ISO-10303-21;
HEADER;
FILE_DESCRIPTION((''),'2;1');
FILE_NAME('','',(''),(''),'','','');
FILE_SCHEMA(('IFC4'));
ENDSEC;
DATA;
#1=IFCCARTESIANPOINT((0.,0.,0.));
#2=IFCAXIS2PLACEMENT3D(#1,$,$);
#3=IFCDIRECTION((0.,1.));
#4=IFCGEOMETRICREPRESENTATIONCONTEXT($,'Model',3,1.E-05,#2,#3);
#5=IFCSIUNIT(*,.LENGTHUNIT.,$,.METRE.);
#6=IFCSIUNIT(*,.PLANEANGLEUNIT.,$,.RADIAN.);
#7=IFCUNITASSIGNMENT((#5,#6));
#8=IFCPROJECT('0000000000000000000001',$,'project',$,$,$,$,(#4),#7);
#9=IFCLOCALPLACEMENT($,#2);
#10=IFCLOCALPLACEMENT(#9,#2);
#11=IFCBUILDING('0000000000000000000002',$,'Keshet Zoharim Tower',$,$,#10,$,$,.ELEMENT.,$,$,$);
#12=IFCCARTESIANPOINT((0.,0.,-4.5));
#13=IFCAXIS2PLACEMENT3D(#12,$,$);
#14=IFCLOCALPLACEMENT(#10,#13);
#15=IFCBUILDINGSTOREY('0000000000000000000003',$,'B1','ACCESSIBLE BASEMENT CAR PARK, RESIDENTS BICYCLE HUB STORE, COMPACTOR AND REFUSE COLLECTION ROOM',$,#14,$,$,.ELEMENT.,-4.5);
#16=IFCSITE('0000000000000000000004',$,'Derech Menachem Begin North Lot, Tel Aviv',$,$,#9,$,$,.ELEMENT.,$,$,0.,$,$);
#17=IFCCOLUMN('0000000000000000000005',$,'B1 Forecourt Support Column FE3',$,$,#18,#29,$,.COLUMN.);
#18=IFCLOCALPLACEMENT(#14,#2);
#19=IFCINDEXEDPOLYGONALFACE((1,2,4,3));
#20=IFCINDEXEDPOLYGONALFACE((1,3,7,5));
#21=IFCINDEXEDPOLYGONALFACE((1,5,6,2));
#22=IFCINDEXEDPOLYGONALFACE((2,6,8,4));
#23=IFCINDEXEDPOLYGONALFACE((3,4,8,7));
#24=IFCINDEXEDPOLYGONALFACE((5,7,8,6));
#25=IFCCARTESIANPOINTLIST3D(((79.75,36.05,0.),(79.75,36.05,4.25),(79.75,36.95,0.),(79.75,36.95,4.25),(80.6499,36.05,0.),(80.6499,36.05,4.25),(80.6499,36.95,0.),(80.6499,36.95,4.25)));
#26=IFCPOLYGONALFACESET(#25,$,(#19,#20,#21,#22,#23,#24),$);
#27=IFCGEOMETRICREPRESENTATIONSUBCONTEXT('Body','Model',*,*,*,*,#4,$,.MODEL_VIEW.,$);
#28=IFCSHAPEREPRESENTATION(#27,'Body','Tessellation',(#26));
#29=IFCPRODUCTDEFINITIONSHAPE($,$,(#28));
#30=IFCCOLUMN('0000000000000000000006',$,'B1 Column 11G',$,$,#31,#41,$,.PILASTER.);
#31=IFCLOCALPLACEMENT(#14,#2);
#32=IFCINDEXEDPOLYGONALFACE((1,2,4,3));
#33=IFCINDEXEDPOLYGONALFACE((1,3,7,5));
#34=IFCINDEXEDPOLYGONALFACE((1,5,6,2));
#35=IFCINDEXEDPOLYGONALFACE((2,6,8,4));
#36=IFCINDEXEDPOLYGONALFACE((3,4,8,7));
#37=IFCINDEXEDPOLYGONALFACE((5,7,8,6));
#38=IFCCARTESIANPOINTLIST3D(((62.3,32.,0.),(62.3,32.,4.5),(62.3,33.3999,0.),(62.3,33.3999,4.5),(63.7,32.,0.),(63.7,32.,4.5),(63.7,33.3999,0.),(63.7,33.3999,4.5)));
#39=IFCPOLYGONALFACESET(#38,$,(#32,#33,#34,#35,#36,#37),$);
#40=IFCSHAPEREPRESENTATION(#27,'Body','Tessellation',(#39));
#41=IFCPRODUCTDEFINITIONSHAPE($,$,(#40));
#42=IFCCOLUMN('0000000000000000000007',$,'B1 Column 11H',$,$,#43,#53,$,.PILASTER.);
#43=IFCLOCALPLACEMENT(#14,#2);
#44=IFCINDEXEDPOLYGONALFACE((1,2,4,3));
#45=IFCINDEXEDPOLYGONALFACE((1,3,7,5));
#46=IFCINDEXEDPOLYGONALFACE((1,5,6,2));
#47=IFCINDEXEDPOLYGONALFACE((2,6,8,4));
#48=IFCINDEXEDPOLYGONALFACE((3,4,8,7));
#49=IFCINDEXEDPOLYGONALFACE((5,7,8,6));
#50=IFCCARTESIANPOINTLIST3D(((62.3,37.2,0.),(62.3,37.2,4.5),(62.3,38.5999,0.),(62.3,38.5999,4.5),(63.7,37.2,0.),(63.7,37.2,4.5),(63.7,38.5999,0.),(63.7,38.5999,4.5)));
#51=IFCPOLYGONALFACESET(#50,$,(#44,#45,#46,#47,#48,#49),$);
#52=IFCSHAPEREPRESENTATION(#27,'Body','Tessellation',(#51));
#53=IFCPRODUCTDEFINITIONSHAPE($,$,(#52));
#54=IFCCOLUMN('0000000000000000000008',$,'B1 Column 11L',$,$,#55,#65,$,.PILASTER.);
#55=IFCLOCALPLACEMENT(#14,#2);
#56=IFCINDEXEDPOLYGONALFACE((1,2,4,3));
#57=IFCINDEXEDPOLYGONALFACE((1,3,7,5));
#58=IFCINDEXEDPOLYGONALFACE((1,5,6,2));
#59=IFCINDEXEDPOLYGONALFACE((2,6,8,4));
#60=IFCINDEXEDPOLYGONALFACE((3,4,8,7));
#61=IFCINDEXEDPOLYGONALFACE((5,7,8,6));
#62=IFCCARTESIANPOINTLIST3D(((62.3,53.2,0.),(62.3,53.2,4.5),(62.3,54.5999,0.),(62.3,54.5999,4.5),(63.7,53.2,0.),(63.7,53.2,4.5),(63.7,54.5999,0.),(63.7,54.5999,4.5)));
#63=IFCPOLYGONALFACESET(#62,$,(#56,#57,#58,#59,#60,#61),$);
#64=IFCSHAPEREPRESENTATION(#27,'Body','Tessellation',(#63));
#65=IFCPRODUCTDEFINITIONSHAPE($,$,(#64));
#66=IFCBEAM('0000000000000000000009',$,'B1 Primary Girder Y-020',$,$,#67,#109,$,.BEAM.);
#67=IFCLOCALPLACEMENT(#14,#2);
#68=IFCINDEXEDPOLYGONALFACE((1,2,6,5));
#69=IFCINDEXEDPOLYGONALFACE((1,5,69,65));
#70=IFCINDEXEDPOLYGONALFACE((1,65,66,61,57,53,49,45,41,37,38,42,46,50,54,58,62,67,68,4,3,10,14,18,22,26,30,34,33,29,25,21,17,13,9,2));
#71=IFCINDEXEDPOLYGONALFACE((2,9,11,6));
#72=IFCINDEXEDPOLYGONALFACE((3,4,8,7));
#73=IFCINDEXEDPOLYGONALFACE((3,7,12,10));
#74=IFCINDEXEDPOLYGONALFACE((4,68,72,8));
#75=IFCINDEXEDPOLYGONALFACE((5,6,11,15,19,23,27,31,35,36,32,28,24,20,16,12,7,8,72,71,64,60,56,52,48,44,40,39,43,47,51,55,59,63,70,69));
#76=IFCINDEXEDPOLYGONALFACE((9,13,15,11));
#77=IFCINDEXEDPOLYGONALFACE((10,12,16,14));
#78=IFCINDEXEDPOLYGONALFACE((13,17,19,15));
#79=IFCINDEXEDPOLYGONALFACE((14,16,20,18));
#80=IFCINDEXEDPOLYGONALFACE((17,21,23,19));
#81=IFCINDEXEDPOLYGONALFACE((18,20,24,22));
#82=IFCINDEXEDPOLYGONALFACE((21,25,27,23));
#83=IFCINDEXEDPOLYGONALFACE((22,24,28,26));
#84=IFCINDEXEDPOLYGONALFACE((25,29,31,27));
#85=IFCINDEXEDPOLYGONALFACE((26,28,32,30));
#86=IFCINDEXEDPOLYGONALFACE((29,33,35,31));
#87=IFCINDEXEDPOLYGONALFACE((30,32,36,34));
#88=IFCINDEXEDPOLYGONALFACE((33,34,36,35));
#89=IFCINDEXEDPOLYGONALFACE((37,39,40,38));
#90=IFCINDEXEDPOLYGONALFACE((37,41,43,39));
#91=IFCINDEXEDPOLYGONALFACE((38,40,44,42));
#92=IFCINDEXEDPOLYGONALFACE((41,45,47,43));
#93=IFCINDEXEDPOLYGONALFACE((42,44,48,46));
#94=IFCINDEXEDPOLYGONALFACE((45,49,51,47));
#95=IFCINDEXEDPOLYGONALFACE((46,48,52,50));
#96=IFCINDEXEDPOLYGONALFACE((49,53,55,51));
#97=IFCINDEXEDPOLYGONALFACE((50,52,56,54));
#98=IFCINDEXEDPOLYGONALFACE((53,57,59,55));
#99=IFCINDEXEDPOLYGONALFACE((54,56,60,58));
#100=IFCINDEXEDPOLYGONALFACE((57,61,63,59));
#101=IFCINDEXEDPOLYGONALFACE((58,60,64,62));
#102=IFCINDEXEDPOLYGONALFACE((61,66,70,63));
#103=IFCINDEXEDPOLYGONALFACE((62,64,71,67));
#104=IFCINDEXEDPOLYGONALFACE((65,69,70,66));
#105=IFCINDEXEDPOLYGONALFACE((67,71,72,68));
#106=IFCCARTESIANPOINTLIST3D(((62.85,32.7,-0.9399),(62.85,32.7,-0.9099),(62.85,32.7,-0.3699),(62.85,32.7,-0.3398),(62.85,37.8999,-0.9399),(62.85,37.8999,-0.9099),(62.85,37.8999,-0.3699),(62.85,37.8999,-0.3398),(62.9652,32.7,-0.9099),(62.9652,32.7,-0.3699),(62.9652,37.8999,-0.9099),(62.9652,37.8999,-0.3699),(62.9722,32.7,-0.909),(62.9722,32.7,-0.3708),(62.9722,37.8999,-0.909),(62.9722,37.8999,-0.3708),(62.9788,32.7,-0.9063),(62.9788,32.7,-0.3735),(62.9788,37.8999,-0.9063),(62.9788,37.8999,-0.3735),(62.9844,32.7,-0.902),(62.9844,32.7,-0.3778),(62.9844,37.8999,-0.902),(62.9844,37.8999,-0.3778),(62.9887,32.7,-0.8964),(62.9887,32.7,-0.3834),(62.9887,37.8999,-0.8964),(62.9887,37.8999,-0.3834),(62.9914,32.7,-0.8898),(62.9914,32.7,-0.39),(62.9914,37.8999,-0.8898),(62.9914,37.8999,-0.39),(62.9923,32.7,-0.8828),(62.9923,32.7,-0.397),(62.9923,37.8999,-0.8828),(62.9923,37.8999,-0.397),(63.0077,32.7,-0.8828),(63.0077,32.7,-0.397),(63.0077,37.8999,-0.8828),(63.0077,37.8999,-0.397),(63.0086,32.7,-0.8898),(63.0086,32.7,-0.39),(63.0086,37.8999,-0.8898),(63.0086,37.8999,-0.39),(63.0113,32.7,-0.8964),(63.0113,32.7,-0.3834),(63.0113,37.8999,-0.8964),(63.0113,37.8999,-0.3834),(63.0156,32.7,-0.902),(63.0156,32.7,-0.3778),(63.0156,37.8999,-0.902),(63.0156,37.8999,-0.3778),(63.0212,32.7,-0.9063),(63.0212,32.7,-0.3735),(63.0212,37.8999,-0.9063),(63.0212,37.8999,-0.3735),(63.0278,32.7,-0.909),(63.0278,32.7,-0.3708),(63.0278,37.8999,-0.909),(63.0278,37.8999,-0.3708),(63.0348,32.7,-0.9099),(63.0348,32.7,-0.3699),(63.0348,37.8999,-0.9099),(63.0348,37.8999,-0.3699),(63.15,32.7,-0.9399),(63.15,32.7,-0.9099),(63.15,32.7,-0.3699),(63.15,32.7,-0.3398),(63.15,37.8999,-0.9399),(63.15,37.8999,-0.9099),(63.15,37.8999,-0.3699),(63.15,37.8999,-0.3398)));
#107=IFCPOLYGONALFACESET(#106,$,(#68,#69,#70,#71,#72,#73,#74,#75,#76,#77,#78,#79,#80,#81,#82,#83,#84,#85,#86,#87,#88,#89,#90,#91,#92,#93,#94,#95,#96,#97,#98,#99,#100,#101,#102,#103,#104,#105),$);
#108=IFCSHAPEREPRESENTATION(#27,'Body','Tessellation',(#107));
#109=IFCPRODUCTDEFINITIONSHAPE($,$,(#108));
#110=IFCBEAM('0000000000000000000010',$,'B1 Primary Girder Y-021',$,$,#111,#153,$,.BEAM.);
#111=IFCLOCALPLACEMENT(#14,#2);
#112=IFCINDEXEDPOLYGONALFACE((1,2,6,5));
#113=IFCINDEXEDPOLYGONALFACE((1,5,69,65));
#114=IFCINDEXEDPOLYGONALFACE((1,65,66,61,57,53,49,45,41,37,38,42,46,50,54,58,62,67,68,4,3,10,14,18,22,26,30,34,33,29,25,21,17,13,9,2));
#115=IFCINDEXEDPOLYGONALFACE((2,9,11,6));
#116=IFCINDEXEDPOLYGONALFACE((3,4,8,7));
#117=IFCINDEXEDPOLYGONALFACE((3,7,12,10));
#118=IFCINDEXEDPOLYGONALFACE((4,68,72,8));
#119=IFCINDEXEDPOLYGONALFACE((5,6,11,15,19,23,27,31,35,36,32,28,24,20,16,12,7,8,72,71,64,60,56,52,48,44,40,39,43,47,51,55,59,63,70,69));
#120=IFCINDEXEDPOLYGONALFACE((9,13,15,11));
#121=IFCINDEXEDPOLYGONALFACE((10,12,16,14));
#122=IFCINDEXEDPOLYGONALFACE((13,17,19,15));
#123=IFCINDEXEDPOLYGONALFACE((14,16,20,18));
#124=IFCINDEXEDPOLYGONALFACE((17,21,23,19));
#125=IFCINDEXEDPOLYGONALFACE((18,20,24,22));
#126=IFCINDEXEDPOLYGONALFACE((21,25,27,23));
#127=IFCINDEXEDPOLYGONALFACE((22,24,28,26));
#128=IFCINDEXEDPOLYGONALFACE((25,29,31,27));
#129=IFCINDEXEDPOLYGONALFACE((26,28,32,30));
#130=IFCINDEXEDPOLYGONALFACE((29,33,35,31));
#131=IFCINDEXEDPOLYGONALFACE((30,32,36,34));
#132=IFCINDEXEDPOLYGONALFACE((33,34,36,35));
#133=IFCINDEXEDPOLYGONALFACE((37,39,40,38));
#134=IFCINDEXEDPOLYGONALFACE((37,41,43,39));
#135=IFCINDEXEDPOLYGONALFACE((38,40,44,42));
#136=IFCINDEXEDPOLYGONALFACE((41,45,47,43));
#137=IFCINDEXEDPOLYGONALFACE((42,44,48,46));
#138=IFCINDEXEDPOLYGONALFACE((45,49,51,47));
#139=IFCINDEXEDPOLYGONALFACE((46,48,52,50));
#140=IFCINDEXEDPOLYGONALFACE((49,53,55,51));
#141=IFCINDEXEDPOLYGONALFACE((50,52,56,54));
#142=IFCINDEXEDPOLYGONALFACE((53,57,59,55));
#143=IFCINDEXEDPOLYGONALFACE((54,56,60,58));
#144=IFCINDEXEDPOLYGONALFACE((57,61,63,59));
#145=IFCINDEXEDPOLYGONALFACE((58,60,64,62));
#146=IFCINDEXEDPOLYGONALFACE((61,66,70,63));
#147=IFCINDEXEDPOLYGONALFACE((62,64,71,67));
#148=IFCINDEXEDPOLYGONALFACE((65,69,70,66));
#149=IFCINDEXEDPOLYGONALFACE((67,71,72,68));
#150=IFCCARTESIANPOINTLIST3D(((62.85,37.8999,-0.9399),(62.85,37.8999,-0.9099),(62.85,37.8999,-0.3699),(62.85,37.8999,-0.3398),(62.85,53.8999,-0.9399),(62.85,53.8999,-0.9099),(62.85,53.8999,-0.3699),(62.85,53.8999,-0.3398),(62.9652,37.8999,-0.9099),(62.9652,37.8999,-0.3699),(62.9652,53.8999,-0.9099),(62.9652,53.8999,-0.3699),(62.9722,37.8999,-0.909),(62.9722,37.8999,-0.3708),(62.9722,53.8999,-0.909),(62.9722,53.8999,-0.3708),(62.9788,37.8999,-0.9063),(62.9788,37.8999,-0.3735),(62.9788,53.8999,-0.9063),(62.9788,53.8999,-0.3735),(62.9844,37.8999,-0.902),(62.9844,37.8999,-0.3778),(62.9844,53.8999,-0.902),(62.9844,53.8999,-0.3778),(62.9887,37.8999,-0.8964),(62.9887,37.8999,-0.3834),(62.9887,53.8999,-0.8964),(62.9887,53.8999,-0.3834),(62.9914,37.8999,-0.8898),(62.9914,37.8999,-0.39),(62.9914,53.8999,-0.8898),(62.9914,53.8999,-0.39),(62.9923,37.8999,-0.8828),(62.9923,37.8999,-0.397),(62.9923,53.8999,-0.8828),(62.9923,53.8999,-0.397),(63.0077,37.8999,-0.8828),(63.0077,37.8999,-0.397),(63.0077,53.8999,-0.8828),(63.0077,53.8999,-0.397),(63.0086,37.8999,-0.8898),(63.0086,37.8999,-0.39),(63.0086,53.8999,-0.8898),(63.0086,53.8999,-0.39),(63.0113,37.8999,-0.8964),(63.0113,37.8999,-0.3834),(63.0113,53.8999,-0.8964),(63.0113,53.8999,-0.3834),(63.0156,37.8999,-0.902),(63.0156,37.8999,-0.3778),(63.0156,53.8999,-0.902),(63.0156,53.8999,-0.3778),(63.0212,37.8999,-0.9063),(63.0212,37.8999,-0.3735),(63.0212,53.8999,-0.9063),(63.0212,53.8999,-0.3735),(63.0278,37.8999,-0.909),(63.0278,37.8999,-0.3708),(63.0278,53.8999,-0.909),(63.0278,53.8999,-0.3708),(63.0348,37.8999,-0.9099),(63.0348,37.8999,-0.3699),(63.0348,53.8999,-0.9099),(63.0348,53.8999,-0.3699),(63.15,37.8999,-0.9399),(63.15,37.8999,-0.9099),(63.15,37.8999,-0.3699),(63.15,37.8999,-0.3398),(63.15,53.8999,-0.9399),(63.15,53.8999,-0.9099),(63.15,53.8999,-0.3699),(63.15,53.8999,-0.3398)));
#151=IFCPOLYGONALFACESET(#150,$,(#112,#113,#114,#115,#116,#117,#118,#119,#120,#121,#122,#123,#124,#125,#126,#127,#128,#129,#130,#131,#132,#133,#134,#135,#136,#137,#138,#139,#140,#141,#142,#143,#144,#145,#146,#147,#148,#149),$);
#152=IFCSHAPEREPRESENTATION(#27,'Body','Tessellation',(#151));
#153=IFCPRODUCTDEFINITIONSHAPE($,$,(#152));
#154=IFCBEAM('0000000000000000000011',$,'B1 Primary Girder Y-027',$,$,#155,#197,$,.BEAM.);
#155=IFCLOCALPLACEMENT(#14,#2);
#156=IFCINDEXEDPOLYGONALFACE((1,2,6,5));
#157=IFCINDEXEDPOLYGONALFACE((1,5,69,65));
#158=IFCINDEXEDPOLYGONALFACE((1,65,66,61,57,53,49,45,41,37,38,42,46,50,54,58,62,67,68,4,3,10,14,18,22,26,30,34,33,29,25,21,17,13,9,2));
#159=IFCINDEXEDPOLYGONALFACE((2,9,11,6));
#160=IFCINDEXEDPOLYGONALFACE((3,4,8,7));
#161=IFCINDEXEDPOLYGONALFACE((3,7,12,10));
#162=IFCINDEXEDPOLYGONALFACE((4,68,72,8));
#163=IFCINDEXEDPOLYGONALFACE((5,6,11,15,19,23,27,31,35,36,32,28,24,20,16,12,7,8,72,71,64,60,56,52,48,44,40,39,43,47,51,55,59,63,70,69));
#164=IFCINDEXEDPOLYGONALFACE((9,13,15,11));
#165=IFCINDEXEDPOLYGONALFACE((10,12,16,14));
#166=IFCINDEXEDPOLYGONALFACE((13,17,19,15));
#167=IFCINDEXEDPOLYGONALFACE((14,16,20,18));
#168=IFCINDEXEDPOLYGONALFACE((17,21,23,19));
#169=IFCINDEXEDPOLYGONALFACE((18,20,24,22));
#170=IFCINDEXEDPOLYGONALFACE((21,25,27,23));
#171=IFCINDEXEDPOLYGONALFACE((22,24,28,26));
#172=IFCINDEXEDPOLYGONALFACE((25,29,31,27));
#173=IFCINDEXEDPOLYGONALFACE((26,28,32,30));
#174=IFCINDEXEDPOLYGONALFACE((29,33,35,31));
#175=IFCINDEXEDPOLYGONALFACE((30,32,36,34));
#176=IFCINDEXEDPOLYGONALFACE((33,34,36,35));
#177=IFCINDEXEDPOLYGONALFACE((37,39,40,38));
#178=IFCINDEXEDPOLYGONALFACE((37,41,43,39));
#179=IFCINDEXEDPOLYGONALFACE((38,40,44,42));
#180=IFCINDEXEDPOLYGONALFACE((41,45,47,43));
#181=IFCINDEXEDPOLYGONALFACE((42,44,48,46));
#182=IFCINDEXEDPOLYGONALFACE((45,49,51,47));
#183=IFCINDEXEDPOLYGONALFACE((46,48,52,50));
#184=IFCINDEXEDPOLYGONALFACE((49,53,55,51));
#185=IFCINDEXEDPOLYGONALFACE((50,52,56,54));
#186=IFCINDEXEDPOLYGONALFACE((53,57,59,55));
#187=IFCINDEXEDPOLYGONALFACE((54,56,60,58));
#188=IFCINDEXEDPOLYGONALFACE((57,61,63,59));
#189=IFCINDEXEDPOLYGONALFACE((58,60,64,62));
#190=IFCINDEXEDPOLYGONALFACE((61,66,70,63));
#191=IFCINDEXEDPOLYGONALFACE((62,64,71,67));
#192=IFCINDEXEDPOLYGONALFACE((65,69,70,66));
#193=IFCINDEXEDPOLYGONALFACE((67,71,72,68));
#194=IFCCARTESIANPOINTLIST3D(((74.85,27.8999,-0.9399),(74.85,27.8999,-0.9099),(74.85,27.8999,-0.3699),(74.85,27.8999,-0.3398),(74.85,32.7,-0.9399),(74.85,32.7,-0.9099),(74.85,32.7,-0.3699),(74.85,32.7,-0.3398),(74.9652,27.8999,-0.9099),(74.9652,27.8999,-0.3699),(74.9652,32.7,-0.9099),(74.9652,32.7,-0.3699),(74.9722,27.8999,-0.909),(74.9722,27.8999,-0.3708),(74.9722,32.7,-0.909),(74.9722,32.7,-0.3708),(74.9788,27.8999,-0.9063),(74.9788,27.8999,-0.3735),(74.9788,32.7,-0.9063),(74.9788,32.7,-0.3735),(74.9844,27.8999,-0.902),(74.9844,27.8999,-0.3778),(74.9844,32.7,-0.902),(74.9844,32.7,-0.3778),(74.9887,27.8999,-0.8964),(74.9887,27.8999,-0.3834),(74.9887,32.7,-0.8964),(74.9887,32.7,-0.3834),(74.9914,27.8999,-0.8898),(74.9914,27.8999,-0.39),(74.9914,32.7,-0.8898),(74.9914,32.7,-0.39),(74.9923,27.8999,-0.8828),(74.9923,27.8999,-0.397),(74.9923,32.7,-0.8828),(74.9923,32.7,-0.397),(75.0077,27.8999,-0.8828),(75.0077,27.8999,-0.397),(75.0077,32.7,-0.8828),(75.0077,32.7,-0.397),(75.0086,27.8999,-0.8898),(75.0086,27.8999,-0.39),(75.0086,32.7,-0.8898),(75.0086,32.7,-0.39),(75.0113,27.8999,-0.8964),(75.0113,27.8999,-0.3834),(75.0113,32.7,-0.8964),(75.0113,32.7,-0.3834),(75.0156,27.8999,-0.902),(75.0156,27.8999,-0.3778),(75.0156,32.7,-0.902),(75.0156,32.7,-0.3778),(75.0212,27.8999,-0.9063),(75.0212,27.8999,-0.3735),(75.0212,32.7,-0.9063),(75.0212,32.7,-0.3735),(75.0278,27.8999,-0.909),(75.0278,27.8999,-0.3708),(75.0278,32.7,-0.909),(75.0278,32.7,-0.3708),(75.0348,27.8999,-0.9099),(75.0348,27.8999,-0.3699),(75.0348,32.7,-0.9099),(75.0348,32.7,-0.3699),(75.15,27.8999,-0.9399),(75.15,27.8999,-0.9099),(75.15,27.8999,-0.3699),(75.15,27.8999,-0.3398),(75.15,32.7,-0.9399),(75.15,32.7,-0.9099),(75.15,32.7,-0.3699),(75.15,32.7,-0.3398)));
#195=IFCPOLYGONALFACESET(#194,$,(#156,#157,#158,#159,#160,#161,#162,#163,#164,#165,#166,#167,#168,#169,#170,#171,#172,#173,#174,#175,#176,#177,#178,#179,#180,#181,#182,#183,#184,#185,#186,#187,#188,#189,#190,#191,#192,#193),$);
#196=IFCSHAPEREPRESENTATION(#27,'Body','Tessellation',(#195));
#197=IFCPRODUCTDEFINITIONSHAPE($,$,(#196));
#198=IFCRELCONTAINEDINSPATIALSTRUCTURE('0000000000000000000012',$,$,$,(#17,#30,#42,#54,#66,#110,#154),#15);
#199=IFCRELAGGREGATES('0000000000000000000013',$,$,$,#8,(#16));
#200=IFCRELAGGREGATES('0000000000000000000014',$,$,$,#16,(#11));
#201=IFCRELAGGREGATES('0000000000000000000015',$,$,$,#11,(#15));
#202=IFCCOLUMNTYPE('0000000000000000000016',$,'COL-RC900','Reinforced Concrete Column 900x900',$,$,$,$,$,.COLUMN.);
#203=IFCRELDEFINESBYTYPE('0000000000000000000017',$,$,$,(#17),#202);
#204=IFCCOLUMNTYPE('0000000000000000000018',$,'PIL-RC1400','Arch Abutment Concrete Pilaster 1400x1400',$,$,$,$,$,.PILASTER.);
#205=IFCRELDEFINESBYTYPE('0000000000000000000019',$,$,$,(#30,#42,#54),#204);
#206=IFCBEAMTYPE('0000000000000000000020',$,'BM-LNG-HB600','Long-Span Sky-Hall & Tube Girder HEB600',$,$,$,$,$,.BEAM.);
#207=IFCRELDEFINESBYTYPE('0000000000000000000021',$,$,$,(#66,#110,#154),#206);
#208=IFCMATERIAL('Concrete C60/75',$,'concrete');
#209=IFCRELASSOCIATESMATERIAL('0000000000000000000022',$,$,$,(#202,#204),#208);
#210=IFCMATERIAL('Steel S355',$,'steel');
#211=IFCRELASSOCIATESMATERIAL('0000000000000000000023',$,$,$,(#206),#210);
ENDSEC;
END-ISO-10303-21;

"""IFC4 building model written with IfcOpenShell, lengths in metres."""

from ifc_helpers import new_model, si_unit, direction, frame, origin, origin_2d, place, context, subcontext, project, spatial, rectangle, i_section, extrude, material, material_profile, profile_set, type_object, element, save


model = new_model("IFC4")

# Units and contexts
model_context = context("Model", 3, precision=1e-05, world=origin(), true_north=direction((0.0, 1.0)))
body_context = subcontext(model_context, "Body", "Model", "MODEL_VIEW")
ifc_project = project(units=[si_unit("LENGTHUNIT", "METRE"), si_unit("PLANEANGLEUNIT", "RADIAN")], contexts=[model_context])

# Site, building, storey
site_placement = place(None, origin())
site = spatial("IfcSite", under=ifc_project, at=site_placement, Name="Derech Menachem Begin North Lot, Tel Aviv", CompositionType="ELEMENT", RefElevation=0.0)
building_placement = place(site_placement, origin())
building = spatial("IfcBuilding", under=site, at=building_placement, Name="Keshet Zoharim Tower", CompositionType="ELEMENT")
storey_placement = place(building_placement, frame((0.0, 0.0, -4.5)))
storey = spatial("IfcBuildingStorey", under=building, at=storey_placement, Name="B1", Description="ACCESSIBLE BASEMENT CAR PARK, RESIDENTS BICYCLE HUB STORE, COMPACTOR AND REFUSE COLLECTION ROOM", CompositionType="ELEMENT", Elevation=-4.5)

# Columns
ifc_material_1 = material(Name="Steel S355", Category="steel")
ifc_material_2 = material(Name="Concrete C60/75", Category="concrete")
ifc_material_profile_1 = material_profile(ifc_material_2, rectangle(XDim=0.8999, YDim=0.8999, at=origin_2d()), Name="RC900x900")
ifc_profile_set_1 = profile_set([ifc_material_profile_1], Name="Concrete C60/75")
column_type_1 = type_object("IfcColumnType", Name="COL-RC900", Description="Reinforced Concrete Column 900x900", PredefinedType="COLUMN", material=ifc_profile_set_1)
for number, where, z_axis, x_axis, name in (
    (1, (80.2, 36.5, 0.0), (0.0, 0.0, 1.0), (1.0, 0.0, 0.0), "B1 Forecourt Support Column FE3"),
):
    element("IfcColumn", number, at=place(storey_placement, frame(where, z_axis=z_axis, x_axis=x_axis)), inside=storey, type_object=column_type_1, Name=name, PredefinedType="COLUMN", context=body_context, shape_type="SweptSolid", body=[
        extrude(rectangle(XDim=0.8999, YDim=0.8999, at=origin_2d()), origin(), (0.0, 0.0, 1.0), 4.25),
    ])
ifc_material_profile_2 = material_profile(ifc_material_2, rectangle(XDim=1.3999, YDim=1.3999, at=origin_2d()), Name="RC1400x1400")
ifc_profile_set_2 = profile_set([ifc_material_profile_2], Name="Concrete C60/75")
column_type_2 = type_object("IfcColumnType", Name="PIL-RC1400", Description="Arch Abutment Concrete Pilaster 1400x1400", PredefinedType="PILASTER", material=ifc_profile_set_2)
for number, where, z_axis, x_axis, name in (
    (2, (63.0, 32.7, 0.0), (0.0, 0.0, 1.0), (1.0, 0.0, 0.0), "B1 Column 11G"),
    (3, (63.0, 37.8999, 0.0), (0.0, 0.0, 1.0), (1.0, 0.0, 0.0), "B1 Column 11H"),
    (4, (63.0, 53.8999, 0.0), (0.0, 0.0, 1.0), (1.0, 0.0, 0.0), "B1 Column 11L"),
):
    element("IfcColumn", number, at=place(storey_placement, frame(where, z_axis=z_axis, x_axis=x_axis)), inside=storey, type_object=column_type_2, Name=name, PredefinedType="PILASTER", context=body_context, shape_type="SweptSolid", body=[
        extrude(rectangle(XDim=1.3999, YDim=1.3999, at=origin_2d()), origin(), (0.0, 0.0, 1.0), 4.5),
    ])

# Beams
ifc_material_profile_3 = material_profile(ifc_material_1, i_section(OverallWidth=0.3, OverallDepth=0.6001, WebThickness=0.0154, FlangeThickness=0.03, FilletRadius=0.0271, at=origin_2d()), Name="HEB600")
ifc_profile_set_3 = profile_set([ifc_material_profile_3], Name="Steel S355")
beam_type_1 = type_object("IfcBeamType", Name="BM-LNG-HB600", Description="Long-Span Sky-Hall & Tube Girder HEB600", PredefinedType="BEAM", material=ifc_profile_set_3)
beam_1_placement = place(storey_placement, frame((63.0, 32.7, -0.6399), z_axis=(0.0, 1.0, 0.0), x_axis=(-1.0, 0.0, 0.0)))
element("IfcBeam", 5, at=beam_1_placement, inside=storey, type_object=beam_type_1, Name="B1 Primary Girder Y-020", PredefinedType="BEAM", context=body_context, shape_type="SweptSolid", body=[
    extrude(i_section(OverallWidth=0.3, OverallDepth=0.6001, WebThickness=0.0154, FlangeThickness=0.03, FilletRadius=0.0271, at=origin_2d()), origin(), (0.0, 0.0, 1.0), 5.2),
])
beam_2_placement = place(storey_placement, frame((63.0, 37.8999, -0.6399), z_axis=(0.0, 1.0, 0.0), x_axis=(-1.0, 0.0, 0.0)))
element("IfcBeam", 6, at=beam_2_placement, inside=storey, type_object=beam_type_1, Name="B1 Primary Girder Y-021", PredefinedType="BEAM", context=body_context, shape_type="SweptSolid", body=[
    extrude(i_section(OverallWidth=0.3, OverallDepth=0.6001, WebThickness=0.0154, FlangeThickness=0.03, FilletRadius=0.0271, at=origin_2d()), origin(), (0.0, 0.0, 1.0), 16.0),
])
beam_3_placement = place(storey_placement, frame((75.0, 27.8999, -0.6399), z_axis=(0.0, 1.0, 0.0), x_axis=(-1.0, 0.0, 0.0)))
element("IfcBeam", 7, at=beam_3_placement, inside=storey, type_object=beam_type_1, Name="B1 Primary Girder Y-027", PredefinedType="BEAM", context=body_context, shape_type="SweptSolid", body=[
    extrude(i_section(OverallWidth=0.3, OverallDepth=0.6001, WebThickness=0.0154, FlangeThickness=0.03, FilletRadius=0.0271, at=origin_2d()), origin(), (0.0, 0.0, 1.0), 4.8),
])

save(model, "model.ifc")
